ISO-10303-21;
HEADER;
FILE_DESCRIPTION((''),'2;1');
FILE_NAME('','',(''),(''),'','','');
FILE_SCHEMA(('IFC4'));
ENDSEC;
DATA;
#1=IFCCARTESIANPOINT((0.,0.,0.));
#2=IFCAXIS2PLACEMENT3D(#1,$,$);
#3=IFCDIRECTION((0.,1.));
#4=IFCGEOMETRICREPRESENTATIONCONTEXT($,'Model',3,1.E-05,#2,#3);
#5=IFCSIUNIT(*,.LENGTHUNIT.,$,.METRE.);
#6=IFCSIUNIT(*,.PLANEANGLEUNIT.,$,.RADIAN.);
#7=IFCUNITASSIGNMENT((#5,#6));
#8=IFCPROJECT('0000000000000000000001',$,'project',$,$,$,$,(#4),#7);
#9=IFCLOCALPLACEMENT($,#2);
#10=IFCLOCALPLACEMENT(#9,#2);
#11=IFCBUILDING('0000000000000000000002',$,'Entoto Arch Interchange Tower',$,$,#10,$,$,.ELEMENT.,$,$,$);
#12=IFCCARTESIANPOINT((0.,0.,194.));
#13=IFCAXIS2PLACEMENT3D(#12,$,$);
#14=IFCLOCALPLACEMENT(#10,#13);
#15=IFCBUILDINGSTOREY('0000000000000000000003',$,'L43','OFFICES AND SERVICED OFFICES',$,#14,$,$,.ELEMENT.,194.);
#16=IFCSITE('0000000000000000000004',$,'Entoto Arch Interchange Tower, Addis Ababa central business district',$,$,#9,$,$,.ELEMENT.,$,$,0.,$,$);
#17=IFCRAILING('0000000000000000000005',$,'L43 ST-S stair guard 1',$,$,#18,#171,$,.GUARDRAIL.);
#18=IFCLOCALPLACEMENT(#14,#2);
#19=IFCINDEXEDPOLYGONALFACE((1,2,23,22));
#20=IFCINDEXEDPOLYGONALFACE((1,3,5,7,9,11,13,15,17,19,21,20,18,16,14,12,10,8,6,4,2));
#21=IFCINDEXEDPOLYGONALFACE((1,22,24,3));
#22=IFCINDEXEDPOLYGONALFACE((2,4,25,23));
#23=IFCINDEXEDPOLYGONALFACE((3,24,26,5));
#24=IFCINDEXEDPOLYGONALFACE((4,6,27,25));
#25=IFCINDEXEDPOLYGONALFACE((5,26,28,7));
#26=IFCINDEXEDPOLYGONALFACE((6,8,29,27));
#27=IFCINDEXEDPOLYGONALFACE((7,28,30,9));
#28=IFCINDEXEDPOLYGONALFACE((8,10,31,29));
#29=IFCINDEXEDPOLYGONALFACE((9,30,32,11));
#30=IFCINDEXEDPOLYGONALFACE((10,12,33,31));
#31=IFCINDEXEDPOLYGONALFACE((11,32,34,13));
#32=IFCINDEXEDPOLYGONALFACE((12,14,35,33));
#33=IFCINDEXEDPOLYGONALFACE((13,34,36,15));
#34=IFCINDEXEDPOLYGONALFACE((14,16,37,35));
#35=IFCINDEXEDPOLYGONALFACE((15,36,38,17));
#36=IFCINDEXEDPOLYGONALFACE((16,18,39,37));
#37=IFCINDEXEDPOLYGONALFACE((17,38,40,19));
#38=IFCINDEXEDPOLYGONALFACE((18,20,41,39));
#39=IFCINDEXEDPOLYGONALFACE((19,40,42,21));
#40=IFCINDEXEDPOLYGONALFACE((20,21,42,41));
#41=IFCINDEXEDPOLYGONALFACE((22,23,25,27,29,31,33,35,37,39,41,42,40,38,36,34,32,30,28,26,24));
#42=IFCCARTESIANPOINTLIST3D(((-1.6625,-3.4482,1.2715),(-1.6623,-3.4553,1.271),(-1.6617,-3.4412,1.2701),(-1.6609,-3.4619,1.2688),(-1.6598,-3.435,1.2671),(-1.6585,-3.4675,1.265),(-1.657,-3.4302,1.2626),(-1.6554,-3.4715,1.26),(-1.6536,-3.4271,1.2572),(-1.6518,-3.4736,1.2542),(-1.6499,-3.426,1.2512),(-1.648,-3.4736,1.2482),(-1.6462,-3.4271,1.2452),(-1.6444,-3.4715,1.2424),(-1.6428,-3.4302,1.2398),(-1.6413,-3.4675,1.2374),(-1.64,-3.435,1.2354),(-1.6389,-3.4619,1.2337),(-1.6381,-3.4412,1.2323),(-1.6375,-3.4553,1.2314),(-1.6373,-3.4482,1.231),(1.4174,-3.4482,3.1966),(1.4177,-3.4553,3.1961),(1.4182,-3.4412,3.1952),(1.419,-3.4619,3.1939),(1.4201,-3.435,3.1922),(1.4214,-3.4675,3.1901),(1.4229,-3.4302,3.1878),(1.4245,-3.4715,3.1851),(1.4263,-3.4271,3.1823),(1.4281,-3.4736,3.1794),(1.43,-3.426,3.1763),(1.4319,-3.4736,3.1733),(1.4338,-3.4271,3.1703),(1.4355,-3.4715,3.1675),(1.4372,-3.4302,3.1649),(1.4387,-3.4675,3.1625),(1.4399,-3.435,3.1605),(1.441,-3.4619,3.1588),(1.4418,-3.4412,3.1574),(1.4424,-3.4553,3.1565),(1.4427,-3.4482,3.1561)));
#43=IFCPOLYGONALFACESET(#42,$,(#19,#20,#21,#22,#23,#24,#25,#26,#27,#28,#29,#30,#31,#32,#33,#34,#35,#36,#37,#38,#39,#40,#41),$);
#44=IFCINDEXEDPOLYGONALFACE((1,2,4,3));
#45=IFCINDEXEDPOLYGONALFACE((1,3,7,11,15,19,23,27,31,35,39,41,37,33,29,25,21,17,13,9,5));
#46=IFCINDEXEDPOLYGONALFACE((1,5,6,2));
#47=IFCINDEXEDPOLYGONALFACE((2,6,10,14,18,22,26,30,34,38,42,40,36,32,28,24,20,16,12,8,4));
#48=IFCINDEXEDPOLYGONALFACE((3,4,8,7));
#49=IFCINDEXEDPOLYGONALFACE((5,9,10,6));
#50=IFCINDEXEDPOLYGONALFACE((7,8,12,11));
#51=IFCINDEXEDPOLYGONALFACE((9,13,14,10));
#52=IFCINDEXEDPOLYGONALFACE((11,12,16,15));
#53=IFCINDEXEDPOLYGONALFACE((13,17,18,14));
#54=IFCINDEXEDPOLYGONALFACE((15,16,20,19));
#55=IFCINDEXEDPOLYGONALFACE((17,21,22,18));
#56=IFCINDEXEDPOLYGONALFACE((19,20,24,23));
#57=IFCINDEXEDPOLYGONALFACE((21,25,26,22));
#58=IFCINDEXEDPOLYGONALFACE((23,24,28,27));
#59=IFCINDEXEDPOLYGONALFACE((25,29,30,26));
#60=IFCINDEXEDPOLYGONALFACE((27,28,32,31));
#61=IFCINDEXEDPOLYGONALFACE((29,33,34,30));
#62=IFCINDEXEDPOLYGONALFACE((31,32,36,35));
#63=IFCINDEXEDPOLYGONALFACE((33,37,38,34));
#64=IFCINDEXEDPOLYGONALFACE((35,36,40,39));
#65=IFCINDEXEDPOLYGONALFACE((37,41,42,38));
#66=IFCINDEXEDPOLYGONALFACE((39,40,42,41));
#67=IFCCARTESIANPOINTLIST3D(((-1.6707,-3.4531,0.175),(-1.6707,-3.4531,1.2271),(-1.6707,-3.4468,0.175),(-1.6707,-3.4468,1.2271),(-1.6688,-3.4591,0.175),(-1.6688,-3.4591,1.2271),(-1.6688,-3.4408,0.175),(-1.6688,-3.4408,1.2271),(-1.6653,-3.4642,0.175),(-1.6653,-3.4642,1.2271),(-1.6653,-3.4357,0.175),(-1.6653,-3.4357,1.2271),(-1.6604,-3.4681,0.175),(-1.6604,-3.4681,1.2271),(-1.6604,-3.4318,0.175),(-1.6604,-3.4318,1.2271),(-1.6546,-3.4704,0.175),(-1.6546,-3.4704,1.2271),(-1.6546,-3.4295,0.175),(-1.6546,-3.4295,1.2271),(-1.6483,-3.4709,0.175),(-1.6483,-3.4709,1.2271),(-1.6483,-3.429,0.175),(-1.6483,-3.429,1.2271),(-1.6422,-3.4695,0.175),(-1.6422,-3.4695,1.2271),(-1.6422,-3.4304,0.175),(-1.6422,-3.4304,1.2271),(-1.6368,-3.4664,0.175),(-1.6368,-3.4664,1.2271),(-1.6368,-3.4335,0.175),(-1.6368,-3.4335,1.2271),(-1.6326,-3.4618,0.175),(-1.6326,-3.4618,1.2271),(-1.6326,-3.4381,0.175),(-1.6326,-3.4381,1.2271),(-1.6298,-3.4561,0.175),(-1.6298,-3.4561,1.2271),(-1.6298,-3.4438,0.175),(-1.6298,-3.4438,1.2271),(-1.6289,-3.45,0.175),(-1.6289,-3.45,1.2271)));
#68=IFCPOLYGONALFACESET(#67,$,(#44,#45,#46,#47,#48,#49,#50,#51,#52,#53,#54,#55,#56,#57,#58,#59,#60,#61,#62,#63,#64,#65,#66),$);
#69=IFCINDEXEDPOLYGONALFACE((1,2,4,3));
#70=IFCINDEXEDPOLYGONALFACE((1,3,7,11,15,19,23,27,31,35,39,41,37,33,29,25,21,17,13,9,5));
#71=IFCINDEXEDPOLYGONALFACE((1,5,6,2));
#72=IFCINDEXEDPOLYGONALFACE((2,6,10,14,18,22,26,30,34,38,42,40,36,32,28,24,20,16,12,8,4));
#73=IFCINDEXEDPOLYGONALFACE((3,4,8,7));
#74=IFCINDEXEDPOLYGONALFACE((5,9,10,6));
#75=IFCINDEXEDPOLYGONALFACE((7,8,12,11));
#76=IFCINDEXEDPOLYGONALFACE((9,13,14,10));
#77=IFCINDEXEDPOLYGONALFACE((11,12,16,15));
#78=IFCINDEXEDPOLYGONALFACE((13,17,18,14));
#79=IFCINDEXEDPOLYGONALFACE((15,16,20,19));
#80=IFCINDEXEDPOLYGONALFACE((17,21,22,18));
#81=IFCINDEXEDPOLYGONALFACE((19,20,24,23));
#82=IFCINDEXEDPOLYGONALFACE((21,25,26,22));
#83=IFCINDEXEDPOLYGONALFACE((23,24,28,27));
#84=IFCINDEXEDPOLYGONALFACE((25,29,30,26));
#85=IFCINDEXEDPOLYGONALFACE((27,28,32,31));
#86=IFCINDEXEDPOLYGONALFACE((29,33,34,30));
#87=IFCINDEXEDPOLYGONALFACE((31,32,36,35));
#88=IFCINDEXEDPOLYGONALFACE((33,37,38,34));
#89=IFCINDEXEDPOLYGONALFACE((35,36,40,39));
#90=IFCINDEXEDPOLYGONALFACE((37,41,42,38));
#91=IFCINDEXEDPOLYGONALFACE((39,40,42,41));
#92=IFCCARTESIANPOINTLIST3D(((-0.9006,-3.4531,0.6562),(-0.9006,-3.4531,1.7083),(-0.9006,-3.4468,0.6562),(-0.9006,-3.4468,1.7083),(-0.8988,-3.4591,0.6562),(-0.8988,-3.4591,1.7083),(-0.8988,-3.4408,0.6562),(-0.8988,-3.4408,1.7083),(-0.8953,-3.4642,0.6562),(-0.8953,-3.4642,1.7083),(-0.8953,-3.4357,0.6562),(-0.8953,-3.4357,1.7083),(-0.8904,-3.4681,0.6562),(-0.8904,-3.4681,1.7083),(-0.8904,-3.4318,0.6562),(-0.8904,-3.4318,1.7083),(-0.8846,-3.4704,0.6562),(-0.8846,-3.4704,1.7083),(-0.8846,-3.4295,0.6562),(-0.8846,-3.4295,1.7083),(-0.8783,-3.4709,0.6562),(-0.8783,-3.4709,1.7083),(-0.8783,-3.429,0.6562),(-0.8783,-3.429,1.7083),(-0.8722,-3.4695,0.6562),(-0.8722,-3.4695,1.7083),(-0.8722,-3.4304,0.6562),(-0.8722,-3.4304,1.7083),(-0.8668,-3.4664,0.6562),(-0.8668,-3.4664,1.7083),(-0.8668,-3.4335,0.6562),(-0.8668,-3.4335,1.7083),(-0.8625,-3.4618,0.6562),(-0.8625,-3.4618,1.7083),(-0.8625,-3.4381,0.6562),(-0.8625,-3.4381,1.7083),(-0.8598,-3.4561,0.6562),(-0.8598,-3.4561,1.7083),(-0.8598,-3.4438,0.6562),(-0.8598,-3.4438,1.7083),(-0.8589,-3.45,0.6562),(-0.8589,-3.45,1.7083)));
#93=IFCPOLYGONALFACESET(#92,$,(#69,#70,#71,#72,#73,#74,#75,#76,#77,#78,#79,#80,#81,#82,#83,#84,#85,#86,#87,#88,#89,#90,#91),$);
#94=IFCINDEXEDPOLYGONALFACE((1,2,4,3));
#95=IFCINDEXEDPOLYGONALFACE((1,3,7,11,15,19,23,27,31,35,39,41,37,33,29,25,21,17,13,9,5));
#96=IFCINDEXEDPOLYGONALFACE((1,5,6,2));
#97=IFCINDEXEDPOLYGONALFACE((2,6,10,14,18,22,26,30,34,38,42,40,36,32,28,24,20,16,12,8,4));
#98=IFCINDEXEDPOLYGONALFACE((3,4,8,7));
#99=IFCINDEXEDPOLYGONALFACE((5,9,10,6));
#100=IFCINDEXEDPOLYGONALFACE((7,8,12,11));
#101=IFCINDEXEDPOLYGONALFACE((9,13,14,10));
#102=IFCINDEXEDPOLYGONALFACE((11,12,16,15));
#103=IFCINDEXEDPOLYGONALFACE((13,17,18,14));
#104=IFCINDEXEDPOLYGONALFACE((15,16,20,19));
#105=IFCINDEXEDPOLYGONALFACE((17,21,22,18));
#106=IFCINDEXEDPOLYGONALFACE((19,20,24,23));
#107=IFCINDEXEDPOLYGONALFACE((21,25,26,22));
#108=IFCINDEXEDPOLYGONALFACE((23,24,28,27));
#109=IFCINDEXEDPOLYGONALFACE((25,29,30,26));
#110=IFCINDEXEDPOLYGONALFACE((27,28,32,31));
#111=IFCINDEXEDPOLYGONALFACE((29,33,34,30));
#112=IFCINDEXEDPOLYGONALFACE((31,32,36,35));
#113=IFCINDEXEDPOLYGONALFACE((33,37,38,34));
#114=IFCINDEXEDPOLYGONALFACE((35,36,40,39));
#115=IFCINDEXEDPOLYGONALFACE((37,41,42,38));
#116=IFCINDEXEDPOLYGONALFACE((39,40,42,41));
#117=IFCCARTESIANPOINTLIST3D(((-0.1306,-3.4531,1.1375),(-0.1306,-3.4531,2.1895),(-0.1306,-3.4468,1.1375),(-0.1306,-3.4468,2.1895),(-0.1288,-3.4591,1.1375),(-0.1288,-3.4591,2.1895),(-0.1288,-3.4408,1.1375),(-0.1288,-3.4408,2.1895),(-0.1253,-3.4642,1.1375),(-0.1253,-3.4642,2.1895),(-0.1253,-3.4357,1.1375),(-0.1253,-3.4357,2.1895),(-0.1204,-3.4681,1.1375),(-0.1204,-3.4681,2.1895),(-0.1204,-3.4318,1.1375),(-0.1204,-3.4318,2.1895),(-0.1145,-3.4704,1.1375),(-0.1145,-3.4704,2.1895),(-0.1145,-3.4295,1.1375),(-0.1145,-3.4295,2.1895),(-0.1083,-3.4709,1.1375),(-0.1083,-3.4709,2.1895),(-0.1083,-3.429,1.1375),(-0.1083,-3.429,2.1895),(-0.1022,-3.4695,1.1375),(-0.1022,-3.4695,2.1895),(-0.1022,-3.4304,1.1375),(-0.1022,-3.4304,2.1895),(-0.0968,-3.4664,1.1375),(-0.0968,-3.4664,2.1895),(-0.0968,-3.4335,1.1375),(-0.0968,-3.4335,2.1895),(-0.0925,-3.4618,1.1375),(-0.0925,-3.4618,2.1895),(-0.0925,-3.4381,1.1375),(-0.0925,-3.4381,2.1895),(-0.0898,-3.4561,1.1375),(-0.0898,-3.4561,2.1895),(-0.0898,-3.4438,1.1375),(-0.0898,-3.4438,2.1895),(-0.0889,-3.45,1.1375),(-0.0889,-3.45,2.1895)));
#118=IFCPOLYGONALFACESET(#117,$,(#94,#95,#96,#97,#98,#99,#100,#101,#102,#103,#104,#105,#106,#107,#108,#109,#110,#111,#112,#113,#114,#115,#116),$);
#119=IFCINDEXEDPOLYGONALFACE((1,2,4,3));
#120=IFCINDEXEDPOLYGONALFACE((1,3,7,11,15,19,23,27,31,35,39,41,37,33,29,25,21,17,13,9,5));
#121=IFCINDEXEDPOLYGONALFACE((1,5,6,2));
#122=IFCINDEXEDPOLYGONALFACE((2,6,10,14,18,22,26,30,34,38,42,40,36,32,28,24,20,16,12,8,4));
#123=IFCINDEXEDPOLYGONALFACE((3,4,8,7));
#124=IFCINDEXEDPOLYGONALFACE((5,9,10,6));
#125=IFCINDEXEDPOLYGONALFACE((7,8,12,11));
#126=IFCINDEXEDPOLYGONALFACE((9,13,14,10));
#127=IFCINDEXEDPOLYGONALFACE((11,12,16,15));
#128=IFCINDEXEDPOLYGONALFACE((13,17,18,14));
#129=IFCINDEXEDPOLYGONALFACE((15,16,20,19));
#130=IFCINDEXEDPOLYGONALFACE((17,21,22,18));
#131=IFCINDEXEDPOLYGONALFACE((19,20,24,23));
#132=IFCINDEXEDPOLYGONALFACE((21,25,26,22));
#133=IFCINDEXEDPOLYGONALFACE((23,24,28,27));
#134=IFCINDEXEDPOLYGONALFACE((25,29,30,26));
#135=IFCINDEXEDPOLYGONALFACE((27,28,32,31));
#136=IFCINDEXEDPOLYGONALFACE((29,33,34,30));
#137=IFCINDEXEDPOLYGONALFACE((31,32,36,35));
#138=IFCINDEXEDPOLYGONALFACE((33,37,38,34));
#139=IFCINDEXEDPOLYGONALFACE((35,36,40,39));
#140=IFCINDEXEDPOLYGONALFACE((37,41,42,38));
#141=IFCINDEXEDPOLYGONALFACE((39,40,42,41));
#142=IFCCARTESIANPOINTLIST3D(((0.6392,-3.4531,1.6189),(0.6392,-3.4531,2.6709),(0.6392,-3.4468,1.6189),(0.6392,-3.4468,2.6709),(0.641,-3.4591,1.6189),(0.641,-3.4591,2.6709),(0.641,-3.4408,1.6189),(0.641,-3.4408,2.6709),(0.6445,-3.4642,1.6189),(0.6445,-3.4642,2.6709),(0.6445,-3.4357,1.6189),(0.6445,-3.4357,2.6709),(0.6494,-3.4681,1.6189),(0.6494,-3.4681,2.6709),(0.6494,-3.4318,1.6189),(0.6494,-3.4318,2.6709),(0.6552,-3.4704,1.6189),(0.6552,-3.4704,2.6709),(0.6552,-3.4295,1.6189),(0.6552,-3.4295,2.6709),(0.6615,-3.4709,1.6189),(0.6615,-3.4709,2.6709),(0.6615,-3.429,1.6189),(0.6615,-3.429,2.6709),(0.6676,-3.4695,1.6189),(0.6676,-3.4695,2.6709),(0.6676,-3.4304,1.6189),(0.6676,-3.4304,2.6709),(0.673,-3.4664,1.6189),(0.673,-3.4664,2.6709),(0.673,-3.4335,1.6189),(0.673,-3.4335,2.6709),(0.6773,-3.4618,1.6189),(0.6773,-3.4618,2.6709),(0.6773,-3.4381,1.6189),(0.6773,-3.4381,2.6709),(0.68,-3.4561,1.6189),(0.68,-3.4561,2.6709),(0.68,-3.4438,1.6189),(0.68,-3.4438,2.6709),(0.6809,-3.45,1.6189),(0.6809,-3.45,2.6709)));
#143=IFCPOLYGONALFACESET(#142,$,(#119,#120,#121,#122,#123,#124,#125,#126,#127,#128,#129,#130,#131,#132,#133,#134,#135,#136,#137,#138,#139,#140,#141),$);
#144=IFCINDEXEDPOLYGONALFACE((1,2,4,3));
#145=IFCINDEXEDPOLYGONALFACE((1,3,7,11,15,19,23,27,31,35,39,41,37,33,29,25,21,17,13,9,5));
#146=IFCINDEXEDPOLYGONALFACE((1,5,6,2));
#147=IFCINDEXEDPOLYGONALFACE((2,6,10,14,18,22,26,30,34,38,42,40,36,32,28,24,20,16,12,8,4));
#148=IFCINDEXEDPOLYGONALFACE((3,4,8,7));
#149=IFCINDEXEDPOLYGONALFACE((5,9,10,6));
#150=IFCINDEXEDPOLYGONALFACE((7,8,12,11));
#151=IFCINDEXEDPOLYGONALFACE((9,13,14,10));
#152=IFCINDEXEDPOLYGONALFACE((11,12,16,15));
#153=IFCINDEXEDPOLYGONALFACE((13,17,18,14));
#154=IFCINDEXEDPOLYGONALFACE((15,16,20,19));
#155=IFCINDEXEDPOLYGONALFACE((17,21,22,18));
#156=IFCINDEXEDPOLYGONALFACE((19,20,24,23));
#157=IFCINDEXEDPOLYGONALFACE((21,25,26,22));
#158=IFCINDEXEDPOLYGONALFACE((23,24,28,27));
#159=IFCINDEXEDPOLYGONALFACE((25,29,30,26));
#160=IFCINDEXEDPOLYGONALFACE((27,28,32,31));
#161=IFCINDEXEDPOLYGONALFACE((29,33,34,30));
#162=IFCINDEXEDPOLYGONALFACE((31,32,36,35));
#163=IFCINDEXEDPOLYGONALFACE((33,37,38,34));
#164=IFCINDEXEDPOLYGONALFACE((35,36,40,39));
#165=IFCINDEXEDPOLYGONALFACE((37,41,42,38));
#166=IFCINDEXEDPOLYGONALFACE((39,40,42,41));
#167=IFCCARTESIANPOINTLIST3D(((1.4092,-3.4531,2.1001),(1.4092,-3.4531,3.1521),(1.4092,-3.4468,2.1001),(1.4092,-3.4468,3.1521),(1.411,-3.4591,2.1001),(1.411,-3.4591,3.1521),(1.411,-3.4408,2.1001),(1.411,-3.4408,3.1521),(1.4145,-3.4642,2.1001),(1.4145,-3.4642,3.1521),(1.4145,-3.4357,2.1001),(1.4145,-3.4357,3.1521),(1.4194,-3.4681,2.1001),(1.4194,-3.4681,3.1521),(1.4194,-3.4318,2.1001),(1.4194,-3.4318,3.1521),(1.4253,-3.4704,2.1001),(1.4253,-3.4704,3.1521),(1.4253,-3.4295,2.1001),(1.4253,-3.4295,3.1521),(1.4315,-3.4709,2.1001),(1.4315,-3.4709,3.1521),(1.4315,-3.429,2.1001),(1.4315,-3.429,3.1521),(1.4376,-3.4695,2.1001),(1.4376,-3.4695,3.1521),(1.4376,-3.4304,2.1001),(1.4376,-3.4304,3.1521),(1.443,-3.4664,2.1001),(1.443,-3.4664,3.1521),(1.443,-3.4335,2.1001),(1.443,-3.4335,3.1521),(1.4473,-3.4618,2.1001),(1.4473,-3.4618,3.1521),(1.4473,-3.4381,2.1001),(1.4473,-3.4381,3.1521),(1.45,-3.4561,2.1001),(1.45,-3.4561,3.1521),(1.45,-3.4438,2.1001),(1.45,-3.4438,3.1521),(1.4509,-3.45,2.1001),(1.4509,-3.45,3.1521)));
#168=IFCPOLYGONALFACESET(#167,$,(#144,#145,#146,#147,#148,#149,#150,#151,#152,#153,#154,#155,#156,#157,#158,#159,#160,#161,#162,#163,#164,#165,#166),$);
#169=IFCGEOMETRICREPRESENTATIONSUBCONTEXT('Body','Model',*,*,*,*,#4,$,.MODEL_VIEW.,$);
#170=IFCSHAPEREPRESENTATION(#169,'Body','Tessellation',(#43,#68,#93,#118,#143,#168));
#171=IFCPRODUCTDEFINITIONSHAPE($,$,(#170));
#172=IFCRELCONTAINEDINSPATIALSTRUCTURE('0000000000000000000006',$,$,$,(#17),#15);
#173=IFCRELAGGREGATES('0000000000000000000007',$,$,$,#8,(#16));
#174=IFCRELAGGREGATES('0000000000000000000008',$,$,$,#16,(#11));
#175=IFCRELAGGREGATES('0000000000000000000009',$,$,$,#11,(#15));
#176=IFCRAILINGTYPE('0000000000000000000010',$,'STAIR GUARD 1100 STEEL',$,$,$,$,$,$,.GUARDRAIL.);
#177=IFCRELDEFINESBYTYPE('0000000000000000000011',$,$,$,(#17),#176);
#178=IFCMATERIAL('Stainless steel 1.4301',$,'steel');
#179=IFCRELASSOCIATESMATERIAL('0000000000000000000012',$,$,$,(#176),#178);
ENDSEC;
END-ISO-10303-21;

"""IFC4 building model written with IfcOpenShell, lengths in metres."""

from ifc_helpers import new_model, si_unit, direction, frame, origin, origin_2d, place, context, subcontext, project, spatial, circle, extrude, material, type_object, element, save


model = new_model("IFC4")

# Units and contexts
model_context = context("Model", 3, precision=1e-05, world=origin(), true_north=direction((0.0, 1.0)))
body_context = subcontext(model_context, "Body", "Model", "MODEL_VIEW")
ifc_project = project(units=[si_unit("LENGTHUNIT", "METRE"), si_unit("PLANEANGLEUNIT", "RADIAN")], contexts=[model_context])

# Site, building, storey
site_placement = place(None, origin())
site = spatial("IfcSite", under=ifc_project, at=site_placement, Name="Entoto Arch Interchange Tower, Addis Ababa central business district", CompositionType="ELEMENT", RefElevation=0.0)
building_placement = place(site_placement, origin())
building = spatial("IfcBuilding", under=site, at=building_placement, Name="Entoto Arch Interchange Tower", CompositionType="ELEMENT")
storey_placement = place(building_placement, frame((0.0, 0.0, 194.0)))
storey = spatial("IfcBuildingStorey", under=building, at=storey_placement, Name="L43", Description="OFFICES AND SERVICED OFFICES", CompositionType="ELEMENT", Elevation=194.0)

# Railing
ifc_material_1 = material(Name="Stainless steel 1.4301", Category="steel")
railing_type_1 = type_object("IfcRailingType", Name="STAIR GUARD 1100 STEEL", PredefinedType="GUARDRAIL", material=ifc_material_1)
railing_1_placement = place(storey_placement, frame((-1.6499, -3.45, 0.175)))
element("IfcRailing", 1, at=railing_1_placement, inside=storey, type_object=railing_type_1, Name="L43 ST-S stair guard 1", PredefinedType="GUARDRAIL", context=body_context, shape_type="SweptSolid", body=[
    extrude(circle(Radius=0.0239, at=origin_2d()), frame((0.0, 0.0, 1.0762), z_axis=(0.847979, 0.0, 0.530029), x_axis=(0.0, 1.0, 0.0)), (0.0, 0.0, 1.0), 3.6321),
    extrude(circle(Radius=0.021, at=origin_2d()), origin(), (0.0, 0.0, 1.0), 1.052),
    extrude(circle(Radius=0.021, at=origin_2d()), frame((0.77, 0.0, 0.4812)), (0.0, 0.0, 1.0), 1.052),
    extrude(circle(Radius=0.021, at=origin_2d()), frame((1.54, 0.0, 0.9624)), (0.0, 0.0, 1.0), 1.052),
    extrude(circle(Radius=0.021, at=origin_2d()), frame((2.3098, 0.0, 1.4438)), (0.0, 0.0, 1.0), 1.052),
    extrude(circle(Radius=0.021, at=origin_2d()), frame((3.0798, 0.0, 1.925)), (0.0, 0.0, 1.0), 1.052),
])

save(model, "model.ifc")
